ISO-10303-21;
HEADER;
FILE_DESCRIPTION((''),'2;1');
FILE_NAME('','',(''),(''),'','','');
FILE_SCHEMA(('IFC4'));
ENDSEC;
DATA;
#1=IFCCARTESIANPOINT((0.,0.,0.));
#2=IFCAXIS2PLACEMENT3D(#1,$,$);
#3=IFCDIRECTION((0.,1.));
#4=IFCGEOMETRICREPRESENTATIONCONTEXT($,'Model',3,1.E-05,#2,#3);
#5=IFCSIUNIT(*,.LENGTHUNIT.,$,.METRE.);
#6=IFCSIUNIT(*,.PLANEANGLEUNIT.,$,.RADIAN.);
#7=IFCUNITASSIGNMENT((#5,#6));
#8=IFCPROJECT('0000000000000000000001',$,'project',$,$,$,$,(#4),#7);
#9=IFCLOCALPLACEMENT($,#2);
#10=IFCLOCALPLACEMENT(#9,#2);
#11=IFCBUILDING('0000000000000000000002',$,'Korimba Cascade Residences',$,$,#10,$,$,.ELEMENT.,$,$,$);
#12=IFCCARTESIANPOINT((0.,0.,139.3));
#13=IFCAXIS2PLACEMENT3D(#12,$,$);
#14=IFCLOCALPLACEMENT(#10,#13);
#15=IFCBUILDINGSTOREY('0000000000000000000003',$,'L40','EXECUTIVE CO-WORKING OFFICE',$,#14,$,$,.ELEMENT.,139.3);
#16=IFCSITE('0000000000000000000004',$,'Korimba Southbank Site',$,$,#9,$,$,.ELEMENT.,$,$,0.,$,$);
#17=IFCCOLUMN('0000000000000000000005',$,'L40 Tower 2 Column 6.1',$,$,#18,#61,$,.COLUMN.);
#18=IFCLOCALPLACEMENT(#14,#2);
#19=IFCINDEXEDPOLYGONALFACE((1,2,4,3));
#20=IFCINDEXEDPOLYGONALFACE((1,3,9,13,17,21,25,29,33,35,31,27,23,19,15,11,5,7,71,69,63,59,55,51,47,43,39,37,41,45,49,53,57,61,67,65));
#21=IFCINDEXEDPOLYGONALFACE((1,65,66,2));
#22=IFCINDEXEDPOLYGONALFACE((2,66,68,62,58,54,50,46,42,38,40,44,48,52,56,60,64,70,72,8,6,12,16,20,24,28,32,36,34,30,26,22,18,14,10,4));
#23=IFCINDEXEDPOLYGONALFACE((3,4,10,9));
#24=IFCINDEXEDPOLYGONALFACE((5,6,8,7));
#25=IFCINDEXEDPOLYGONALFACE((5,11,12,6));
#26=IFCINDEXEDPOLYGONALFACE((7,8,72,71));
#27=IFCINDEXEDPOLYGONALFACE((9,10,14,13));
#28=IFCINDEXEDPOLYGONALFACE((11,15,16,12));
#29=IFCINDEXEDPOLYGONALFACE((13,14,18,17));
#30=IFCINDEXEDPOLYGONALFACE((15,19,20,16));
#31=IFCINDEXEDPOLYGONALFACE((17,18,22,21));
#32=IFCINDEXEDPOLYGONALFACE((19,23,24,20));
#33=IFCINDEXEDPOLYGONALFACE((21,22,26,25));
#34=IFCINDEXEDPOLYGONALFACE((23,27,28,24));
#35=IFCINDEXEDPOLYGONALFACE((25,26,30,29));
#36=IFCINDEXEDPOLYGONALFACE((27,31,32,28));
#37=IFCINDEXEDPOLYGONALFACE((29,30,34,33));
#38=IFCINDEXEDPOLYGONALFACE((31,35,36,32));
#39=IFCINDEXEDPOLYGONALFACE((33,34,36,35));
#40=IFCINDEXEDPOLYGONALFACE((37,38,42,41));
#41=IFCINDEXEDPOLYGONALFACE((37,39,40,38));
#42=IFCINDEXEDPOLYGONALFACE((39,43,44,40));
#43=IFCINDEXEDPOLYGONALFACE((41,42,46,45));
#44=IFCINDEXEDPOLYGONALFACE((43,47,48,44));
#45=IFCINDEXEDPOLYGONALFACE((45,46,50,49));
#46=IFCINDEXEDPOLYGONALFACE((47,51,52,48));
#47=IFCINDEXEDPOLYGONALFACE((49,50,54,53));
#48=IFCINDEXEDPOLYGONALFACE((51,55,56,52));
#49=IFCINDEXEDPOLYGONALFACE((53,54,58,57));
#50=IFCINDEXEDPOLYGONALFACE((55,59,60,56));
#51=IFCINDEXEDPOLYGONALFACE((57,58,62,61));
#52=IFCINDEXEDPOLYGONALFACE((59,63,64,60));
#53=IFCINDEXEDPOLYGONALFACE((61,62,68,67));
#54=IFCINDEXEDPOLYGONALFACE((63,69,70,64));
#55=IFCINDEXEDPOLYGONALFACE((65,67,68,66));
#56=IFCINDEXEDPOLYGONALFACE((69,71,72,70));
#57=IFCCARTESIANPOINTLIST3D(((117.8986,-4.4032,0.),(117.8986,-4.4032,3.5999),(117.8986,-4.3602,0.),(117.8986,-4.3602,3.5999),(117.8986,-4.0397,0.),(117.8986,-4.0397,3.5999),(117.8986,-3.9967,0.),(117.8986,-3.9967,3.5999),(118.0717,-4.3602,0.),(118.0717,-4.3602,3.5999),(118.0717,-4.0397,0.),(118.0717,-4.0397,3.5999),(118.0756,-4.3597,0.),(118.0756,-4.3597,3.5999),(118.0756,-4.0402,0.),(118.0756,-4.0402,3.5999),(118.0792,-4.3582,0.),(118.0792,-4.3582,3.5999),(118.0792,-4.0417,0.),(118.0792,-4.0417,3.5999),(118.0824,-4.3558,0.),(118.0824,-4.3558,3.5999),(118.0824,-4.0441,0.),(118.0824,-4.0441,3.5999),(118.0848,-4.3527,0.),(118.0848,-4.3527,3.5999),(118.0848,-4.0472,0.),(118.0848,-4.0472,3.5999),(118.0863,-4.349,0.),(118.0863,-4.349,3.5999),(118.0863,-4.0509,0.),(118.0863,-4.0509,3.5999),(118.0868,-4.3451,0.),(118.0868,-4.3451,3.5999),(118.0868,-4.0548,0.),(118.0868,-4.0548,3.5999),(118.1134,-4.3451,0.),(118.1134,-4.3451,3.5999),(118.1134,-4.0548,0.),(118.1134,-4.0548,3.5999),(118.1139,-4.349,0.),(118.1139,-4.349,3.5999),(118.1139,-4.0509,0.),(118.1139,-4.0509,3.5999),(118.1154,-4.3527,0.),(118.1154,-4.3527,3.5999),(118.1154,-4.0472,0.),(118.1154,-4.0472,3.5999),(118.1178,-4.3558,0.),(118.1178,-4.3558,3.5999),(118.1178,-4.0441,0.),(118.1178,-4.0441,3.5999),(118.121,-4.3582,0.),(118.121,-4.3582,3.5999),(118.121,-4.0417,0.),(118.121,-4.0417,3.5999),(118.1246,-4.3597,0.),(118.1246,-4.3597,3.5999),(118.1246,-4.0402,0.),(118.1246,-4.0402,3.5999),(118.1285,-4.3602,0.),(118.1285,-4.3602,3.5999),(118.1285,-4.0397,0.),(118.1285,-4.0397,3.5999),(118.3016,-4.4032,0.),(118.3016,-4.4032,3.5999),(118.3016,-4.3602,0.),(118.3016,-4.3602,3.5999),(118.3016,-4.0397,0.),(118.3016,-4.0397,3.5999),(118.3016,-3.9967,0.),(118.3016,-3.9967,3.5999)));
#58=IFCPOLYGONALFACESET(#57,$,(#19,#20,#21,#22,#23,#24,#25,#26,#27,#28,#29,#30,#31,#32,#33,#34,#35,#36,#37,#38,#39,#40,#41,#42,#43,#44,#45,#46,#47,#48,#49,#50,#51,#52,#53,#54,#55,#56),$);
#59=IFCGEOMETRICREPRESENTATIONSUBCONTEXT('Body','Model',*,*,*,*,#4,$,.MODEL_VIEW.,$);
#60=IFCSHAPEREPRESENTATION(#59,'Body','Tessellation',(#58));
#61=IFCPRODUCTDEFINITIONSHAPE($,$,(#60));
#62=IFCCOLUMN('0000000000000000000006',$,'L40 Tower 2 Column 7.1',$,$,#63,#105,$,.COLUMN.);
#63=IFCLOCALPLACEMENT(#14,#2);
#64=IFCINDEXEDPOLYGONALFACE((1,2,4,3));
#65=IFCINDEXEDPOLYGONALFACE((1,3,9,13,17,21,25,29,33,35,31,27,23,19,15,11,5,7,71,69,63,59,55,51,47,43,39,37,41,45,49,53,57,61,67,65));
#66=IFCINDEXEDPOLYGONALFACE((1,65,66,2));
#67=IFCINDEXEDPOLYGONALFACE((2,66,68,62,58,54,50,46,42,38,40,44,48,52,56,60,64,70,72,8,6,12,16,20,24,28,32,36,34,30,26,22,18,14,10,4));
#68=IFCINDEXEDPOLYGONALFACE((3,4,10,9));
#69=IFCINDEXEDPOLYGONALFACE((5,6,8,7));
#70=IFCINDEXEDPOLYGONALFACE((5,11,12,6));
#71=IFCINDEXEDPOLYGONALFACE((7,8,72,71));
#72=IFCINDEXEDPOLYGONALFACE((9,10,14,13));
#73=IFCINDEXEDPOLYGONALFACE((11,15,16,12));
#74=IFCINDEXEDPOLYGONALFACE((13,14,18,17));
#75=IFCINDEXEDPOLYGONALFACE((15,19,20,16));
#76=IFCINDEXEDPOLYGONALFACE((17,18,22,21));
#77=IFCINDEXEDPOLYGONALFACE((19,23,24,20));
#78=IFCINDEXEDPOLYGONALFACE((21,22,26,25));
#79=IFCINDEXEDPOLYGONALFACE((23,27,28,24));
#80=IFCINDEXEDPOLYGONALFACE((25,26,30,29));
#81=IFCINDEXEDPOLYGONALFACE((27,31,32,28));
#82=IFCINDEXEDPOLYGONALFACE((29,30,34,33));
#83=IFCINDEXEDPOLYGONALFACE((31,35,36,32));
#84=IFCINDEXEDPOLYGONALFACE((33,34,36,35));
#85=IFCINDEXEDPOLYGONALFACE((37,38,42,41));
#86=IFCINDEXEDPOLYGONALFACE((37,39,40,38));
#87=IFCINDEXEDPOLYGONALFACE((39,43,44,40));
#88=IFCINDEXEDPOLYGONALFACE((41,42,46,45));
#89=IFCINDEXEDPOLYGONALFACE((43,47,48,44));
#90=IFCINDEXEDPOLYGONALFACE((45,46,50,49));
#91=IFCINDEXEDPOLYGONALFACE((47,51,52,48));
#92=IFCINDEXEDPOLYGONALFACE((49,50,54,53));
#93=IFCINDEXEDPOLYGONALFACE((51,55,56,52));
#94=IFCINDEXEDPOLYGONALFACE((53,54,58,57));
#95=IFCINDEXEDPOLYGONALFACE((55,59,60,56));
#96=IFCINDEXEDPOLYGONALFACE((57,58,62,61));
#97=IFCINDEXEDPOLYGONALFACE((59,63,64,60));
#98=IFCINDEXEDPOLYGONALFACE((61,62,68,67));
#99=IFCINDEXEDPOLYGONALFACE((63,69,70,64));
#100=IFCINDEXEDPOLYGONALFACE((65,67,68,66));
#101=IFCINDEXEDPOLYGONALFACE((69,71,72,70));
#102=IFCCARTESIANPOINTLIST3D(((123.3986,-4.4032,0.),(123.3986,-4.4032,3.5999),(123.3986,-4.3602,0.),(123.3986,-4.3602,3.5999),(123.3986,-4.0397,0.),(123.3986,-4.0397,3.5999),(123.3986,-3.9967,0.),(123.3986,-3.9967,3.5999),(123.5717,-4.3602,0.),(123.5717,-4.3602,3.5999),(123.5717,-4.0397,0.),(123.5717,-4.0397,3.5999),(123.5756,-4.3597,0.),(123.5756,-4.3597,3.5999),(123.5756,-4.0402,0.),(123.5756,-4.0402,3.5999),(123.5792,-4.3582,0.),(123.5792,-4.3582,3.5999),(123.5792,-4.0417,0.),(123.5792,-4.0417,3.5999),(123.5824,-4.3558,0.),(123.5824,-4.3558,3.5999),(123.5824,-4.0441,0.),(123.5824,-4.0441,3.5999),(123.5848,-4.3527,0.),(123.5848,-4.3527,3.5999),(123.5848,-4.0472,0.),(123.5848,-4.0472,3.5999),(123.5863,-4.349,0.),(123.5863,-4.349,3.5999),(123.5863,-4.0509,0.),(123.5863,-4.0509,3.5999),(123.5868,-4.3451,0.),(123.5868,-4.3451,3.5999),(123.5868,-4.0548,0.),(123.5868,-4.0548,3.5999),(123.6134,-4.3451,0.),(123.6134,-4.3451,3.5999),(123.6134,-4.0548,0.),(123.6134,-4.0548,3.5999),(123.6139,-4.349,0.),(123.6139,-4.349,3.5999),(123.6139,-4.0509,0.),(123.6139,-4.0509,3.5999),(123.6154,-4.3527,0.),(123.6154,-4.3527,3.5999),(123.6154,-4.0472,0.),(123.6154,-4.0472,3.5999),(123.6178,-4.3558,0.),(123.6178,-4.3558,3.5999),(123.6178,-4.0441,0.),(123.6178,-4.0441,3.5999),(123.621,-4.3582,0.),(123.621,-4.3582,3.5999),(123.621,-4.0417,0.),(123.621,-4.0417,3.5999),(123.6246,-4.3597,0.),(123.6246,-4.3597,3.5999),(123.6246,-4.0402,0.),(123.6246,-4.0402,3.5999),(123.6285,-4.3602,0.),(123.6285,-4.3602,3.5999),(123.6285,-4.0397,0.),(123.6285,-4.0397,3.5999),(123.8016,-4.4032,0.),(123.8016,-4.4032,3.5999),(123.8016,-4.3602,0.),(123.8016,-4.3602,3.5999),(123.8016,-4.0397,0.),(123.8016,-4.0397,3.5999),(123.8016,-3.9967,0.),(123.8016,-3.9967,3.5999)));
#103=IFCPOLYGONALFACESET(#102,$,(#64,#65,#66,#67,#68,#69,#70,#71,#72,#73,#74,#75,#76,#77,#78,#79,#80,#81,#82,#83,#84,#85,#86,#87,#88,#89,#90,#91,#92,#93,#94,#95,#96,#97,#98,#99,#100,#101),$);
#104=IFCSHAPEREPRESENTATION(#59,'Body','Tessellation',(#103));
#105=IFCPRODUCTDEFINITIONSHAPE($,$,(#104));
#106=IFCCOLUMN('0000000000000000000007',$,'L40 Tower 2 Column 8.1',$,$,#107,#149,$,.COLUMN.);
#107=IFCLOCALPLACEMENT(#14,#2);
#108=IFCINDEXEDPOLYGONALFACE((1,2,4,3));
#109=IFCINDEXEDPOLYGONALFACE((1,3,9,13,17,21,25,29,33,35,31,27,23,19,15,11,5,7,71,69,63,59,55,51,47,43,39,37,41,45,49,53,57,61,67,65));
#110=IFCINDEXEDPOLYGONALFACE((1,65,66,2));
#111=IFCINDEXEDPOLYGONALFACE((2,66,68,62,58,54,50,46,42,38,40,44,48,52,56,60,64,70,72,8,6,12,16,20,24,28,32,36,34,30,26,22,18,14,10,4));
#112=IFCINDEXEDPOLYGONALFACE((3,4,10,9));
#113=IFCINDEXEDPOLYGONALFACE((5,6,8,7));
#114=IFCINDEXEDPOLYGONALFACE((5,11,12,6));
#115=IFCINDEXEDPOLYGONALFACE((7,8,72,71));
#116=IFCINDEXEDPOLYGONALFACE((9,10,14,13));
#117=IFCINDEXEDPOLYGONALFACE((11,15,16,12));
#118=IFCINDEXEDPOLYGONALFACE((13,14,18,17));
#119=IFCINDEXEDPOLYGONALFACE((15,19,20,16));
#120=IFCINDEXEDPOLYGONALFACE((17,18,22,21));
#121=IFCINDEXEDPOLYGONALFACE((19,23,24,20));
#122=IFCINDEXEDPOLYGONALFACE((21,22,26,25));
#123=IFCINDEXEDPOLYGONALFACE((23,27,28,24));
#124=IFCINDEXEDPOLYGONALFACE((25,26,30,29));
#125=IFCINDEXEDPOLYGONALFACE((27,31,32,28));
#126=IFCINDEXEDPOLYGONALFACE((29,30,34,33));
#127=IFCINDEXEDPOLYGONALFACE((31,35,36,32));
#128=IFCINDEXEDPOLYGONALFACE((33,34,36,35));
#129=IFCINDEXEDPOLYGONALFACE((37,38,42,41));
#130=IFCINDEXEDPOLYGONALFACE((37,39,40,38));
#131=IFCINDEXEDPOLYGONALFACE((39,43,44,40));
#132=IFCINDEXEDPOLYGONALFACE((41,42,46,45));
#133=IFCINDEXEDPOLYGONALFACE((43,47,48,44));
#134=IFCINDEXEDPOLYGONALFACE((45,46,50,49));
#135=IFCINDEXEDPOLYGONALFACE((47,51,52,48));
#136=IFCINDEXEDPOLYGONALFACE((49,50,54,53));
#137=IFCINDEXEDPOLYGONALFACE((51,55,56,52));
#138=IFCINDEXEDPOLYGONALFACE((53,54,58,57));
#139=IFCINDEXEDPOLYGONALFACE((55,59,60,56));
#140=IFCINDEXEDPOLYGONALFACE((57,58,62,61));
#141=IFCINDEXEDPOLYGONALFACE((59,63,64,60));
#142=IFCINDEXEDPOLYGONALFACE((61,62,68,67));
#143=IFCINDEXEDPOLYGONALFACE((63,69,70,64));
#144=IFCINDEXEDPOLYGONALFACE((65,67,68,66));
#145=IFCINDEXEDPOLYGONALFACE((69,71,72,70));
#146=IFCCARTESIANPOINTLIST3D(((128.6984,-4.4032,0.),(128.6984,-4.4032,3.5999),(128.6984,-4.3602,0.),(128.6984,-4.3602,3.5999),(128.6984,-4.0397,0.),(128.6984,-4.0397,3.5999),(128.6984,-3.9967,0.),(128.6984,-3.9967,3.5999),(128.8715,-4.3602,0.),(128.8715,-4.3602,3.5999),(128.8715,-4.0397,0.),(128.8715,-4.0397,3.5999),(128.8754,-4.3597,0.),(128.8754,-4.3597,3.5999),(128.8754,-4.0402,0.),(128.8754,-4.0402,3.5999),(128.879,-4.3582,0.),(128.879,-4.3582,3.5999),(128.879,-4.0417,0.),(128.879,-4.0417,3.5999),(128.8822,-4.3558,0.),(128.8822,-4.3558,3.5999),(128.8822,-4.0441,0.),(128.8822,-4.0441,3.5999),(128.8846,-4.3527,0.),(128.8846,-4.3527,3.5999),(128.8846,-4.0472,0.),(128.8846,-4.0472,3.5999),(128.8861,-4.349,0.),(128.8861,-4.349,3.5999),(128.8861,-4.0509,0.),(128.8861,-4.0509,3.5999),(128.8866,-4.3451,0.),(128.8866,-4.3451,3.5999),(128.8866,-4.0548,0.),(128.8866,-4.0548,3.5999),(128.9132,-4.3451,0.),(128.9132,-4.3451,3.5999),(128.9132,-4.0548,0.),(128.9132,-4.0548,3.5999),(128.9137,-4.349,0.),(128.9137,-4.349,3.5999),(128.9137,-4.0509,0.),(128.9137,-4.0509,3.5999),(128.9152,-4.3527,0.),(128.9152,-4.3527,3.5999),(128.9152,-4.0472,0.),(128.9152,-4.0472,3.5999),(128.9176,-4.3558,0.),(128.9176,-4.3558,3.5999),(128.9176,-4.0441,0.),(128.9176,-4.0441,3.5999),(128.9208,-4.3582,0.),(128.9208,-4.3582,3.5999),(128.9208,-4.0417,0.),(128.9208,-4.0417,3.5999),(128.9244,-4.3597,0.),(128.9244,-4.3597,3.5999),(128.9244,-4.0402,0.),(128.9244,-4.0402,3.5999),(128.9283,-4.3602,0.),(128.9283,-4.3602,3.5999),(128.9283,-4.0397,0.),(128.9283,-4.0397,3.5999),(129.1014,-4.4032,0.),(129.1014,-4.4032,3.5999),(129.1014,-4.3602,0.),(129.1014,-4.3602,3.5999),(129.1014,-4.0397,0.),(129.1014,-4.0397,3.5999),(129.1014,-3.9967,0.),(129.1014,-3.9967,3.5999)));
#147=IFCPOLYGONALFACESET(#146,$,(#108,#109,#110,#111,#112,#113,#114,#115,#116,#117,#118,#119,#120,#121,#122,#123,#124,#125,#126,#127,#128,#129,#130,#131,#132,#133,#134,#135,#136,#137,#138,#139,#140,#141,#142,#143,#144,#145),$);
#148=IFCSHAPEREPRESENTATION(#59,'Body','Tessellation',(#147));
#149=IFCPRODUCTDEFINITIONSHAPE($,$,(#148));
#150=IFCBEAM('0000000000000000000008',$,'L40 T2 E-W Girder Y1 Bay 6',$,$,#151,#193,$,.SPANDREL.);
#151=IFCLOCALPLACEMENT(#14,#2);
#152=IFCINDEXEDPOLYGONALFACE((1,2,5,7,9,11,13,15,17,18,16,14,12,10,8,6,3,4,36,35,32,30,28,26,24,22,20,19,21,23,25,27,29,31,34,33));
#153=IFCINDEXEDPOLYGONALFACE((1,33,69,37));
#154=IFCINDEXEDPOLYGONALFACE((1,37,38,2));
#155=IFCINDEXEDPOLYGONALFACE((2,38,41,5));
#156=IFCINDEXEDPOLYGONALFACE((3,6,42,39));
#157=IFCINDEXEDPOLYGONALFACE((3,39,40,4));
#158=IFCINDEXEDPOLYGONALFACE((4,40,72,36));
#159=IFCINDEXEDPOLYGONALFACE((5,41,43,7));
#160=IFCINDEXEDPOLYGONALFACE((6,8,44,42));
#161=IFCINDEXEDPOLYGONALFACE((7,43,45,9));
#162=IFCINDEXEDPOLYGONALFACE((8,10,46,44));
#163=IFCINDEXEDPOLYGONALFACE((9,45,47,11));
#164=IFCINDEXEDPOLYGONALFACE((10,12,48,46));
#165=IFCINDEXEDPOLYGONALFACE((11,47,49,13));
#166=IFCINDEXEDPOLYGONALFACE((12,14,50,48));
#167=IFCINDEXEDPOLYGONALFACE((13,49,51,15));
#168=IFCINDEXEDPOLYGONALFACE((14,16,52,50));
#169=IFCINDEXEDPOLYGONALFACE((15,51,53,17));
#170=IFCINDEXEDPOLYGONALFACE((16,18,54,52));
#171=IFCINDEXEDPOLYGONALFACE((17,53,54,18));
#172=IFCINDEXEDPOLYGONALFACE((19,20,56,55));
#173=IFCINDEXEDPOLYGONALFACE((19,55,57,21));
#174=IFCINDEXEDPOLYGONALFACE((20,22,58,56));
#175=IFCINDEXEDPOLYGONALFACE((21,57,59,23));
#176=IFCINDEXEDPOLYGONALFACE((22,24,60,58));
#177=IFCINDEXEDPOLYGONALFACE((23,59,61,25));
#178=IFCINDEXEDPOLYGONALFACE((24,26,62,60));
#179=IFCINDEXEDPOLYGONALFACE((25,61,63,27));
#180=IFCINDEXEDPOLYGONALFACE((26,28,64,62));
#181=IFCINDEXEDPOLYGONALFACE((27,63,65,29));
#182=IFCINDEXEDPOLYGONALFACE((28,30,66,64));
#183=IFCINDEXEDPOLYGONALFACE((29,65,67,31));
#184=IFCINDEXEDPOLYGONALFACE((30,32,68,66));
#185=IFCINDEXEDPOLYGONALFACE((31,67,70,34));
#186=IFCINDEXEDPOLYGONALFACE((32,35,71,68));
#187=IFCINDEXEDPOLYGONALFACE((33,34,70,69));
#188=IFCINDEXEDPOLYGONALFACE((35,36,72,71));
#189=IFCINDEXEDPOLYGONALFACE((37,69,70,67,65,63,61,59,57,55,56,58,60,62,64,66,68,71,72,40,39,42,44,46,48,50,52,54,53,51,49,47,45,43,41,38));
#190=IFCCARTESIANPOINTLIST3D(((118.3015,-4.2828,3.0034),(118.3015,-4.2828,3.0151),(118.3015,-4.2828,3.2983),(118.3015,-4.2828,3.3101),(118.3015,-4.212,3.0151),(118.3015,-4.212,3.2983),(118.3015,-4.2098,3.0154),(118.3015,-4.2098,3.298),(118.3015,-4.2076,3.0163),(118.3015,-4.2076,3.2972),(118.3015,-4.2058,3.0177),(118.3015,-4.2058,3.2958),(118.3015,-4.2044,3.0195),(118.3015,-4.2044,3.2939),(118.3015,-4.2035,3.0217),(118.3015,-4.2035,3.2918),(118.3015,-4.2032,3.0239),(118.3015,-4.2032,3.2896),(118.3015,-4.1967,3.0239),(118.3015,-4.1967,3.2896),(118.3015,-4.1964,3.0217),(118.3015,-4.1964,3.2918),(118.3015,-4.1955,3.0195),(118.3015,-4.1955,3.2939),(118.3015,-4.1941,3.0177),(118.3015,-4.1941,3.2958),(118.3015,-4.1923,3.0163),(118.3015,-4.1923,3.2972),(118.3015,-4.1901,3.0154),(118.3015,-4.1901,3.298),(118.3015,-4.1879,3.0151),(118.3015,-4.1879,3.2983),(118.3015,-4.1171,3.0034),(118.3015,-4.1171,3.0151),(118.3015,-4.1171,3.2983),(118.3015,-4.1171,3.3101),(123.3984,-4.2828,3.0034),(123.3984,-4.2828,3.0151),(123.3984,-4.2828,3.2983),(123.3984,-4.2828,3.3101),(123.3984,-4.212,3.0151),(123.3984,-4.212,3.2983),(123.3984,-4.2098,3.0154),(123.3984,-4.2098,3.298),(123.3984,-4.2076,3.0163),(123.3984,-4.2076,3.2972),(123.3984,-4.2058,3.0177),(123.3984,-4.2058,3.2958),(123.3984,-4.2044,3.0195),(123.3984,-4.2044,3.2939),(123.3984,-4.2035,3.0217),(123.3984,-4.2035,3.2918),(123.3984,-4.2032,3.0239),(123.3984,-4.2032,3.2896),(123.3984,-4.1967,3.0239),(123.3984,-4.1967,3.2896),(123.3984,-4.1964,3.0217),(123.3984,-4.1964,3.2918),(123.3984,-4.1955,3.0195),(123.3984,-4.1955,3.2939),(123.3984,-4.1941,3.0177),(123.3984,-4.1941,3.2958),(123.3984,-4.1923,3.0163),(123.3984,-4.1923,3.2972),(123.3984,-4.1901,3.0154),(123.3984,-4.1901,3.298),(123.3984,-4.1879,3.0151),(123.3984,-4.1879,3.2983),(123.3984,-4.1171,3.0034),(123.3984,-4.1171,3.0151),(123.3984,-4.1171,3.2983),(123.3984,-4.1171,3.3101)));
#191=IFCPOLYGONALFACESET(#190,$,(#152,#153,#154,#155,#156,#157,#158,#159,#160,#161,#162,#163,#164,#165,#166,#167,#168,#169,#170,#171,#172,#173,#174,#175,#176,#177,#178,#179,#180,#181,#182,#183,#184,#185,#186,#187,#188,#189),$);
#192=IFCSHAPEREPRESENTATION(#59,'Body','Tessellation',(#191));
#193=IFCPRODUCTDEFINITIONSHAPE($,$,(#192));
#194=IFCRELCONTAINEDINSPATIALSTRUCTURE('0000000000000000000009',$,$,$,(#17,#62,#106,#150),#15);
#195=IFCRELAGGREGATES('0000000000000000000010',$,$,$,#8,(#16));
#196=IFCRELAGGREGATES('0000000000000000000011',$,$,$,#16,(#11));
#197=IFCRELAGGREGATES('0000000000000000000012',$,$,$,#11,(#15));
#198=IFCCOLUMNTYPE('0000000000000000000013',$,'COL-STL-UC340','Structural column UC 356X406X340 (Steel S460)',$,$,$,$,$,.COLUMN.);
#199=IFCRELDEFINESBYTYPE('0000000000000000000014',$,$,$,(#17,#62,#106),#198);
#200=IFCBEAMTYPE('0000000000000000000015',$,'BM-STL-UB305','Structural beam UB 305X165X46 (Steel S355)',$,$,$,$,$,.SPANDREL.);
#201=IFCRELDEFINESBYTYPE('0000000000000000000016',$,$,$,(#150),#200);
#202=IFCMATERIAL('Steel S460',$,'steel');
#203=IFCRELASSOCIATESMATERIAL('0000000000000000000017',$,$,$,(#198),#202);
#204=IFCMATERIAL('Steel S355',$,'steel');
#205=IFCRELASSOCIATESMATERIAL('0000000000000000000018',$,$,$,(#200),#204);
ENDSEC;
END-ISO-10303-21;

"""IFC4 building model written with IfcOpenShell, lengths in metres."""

from ifc_helpers import new_model, si_unit, direction, frame, origin, origin_2d, place, context, subcontext, project, spatial, i_section, extrude, material, material_profile, profile_set, type_object, element, save


model = new_model("IFC4")

# Units and contexts
model_context = context("Model", 3, precision=1e-05, world=origin(), true_north=direction((0.0, 1.0)))
body_context = subcontext(model_context, "Body", "Model", "MODEL_VIEW")
ifc_project = project(units=[si_unit("LENGTHUNIT", "METRE"), si_unit("PLANEANGLEUNIT", "RADIAN")], contexts=[model_context])

# Site, building, storey
site_placement = place(None, origin())
site = spatial("IfcSite", under=ifc_project, at=site_placement, Name="Korimba Southbank Site", CompositionType="ELEMENT", RefElevation=0.0)
building_placement = place(site_placement, origin())
building = spatial("IfcBuilding", under=site, at=building_placement, Name="Korimba Cascade Residences", CompositionType="ELEMENT")
storey_placement = place(building_placement, frame((0.0, 0.0, 139.3)))
storey = spatial("IfcBuildingStorey", under=building, at=storey_placement, Name="L40", Description="EXECUTIVE CO-WORKING OFFICE", CompositionType="ELEMENT", Elevation=139.3)

# Columns
ifc_material_1 = material(Name="Steel S460", Category="steel")
ifc_material_profile_1 = material_profile(ifc_material_1, i_section(OverallWidth=0.4031, OverallDepth=0.4065, WebThickness=0.0266, FlangeThickness=0.043, FilletRadius=0.0151, at=origin_2d()), Name="Steel S460")
ifc_profile_set_1 = profile_set([ifc_material_profile_1], Name="Steel S460")
column_type = type_object("IfcColumnType", Name="COL-STL-UC340", Description="Structural column UC 356X406X340 (Steel S460)", PredefinedType="COLUMN", material=ifc_profile_set_1)
for number, where, z_axis, x_axis, name in (
    (1, (118.1001, -4.2, 0.0), (0.0, 0.0, 1.0), (1.0, 0.0, 0.0), "L40 Tower 2 Column 6.1"),
    (2, (123.6001, -4.2, 0.0), (0.0, 0.0, 1.0), (1.0, 0.0, 0.0), "L40 Tower 2 Column 7.1"),
    (3, (128.8999, -4.2, 0.0), (0.0, 0.0, 1.0), (1.0, 0.0, 0.0), "L40 Tower 2 Column 8.1"),
):
    element("IfcColumn", number, at=place(storey_placement, frame(where, z_axis=z_axis, x_axis=x_axis)), inside=storey, type_object=column_type, Name=name, PredefinedType="COLUMN", context=body_context, shape_type="SweptSolid", body=[
        extrude(i_section(OverallWidth=0.4031, OverallDepth=0.4065, WebThickness=0.0266, FlangeThickness=0.043, FilletRadius=0.0151, at=origin_2d()), origin(), (0.0, 0.0, 1.0), 3.5999),
    ])

# Beam
ifc_material_2 = material(Name="Steel S355", Category="steel")
ifc_material_profile_2 = material_profile(ifc_material_2, i_section(OverallWidth=0.1658, OverallDepth=0.3066, WebThickness=0.0066, FlangeThickness=0.0117, FilletRadius=0.0088, at=origin_2d()), Name="Steel S355")
ifc_profile_set_2 = profile_set([ifc_material_profile_2], Name="Steel S355")
beam_type_1 = type_object("IfcBeamType", Name="BM-STL-UB305", Description="Structural beam UB 305X165X46 (Steel S355)", PredefinedType="SPANDREL", material=ifc_profile_set_2)
beam_1_placement = place(storey_placement, frame((118.3015, -4.2, 3.1567), z_axis=(1.0, 0.0, 0.0), x_axis=(0.0, 1.0, 0.0)))
element("IfcBeam", 4, at=beam_1_placement, inside=storey, type_object=beam_type_1, Name="L40 T2 E-W Girder Y1 Bay 6", PredefinedType="SPANDREL", context=body_context, shape_type="SweptSolid", body=[
    extrude(i_section(OverallWidth=0.1658, OverallDepth=0.3066, WebThickness=0.0066, FlangeThickness=0.0117, FilletRadius=0.0088, at=origin_2d()), origin(), (0.0, 0.0, 1.0), 5.0969),
])

save(model, "model.ifc")
